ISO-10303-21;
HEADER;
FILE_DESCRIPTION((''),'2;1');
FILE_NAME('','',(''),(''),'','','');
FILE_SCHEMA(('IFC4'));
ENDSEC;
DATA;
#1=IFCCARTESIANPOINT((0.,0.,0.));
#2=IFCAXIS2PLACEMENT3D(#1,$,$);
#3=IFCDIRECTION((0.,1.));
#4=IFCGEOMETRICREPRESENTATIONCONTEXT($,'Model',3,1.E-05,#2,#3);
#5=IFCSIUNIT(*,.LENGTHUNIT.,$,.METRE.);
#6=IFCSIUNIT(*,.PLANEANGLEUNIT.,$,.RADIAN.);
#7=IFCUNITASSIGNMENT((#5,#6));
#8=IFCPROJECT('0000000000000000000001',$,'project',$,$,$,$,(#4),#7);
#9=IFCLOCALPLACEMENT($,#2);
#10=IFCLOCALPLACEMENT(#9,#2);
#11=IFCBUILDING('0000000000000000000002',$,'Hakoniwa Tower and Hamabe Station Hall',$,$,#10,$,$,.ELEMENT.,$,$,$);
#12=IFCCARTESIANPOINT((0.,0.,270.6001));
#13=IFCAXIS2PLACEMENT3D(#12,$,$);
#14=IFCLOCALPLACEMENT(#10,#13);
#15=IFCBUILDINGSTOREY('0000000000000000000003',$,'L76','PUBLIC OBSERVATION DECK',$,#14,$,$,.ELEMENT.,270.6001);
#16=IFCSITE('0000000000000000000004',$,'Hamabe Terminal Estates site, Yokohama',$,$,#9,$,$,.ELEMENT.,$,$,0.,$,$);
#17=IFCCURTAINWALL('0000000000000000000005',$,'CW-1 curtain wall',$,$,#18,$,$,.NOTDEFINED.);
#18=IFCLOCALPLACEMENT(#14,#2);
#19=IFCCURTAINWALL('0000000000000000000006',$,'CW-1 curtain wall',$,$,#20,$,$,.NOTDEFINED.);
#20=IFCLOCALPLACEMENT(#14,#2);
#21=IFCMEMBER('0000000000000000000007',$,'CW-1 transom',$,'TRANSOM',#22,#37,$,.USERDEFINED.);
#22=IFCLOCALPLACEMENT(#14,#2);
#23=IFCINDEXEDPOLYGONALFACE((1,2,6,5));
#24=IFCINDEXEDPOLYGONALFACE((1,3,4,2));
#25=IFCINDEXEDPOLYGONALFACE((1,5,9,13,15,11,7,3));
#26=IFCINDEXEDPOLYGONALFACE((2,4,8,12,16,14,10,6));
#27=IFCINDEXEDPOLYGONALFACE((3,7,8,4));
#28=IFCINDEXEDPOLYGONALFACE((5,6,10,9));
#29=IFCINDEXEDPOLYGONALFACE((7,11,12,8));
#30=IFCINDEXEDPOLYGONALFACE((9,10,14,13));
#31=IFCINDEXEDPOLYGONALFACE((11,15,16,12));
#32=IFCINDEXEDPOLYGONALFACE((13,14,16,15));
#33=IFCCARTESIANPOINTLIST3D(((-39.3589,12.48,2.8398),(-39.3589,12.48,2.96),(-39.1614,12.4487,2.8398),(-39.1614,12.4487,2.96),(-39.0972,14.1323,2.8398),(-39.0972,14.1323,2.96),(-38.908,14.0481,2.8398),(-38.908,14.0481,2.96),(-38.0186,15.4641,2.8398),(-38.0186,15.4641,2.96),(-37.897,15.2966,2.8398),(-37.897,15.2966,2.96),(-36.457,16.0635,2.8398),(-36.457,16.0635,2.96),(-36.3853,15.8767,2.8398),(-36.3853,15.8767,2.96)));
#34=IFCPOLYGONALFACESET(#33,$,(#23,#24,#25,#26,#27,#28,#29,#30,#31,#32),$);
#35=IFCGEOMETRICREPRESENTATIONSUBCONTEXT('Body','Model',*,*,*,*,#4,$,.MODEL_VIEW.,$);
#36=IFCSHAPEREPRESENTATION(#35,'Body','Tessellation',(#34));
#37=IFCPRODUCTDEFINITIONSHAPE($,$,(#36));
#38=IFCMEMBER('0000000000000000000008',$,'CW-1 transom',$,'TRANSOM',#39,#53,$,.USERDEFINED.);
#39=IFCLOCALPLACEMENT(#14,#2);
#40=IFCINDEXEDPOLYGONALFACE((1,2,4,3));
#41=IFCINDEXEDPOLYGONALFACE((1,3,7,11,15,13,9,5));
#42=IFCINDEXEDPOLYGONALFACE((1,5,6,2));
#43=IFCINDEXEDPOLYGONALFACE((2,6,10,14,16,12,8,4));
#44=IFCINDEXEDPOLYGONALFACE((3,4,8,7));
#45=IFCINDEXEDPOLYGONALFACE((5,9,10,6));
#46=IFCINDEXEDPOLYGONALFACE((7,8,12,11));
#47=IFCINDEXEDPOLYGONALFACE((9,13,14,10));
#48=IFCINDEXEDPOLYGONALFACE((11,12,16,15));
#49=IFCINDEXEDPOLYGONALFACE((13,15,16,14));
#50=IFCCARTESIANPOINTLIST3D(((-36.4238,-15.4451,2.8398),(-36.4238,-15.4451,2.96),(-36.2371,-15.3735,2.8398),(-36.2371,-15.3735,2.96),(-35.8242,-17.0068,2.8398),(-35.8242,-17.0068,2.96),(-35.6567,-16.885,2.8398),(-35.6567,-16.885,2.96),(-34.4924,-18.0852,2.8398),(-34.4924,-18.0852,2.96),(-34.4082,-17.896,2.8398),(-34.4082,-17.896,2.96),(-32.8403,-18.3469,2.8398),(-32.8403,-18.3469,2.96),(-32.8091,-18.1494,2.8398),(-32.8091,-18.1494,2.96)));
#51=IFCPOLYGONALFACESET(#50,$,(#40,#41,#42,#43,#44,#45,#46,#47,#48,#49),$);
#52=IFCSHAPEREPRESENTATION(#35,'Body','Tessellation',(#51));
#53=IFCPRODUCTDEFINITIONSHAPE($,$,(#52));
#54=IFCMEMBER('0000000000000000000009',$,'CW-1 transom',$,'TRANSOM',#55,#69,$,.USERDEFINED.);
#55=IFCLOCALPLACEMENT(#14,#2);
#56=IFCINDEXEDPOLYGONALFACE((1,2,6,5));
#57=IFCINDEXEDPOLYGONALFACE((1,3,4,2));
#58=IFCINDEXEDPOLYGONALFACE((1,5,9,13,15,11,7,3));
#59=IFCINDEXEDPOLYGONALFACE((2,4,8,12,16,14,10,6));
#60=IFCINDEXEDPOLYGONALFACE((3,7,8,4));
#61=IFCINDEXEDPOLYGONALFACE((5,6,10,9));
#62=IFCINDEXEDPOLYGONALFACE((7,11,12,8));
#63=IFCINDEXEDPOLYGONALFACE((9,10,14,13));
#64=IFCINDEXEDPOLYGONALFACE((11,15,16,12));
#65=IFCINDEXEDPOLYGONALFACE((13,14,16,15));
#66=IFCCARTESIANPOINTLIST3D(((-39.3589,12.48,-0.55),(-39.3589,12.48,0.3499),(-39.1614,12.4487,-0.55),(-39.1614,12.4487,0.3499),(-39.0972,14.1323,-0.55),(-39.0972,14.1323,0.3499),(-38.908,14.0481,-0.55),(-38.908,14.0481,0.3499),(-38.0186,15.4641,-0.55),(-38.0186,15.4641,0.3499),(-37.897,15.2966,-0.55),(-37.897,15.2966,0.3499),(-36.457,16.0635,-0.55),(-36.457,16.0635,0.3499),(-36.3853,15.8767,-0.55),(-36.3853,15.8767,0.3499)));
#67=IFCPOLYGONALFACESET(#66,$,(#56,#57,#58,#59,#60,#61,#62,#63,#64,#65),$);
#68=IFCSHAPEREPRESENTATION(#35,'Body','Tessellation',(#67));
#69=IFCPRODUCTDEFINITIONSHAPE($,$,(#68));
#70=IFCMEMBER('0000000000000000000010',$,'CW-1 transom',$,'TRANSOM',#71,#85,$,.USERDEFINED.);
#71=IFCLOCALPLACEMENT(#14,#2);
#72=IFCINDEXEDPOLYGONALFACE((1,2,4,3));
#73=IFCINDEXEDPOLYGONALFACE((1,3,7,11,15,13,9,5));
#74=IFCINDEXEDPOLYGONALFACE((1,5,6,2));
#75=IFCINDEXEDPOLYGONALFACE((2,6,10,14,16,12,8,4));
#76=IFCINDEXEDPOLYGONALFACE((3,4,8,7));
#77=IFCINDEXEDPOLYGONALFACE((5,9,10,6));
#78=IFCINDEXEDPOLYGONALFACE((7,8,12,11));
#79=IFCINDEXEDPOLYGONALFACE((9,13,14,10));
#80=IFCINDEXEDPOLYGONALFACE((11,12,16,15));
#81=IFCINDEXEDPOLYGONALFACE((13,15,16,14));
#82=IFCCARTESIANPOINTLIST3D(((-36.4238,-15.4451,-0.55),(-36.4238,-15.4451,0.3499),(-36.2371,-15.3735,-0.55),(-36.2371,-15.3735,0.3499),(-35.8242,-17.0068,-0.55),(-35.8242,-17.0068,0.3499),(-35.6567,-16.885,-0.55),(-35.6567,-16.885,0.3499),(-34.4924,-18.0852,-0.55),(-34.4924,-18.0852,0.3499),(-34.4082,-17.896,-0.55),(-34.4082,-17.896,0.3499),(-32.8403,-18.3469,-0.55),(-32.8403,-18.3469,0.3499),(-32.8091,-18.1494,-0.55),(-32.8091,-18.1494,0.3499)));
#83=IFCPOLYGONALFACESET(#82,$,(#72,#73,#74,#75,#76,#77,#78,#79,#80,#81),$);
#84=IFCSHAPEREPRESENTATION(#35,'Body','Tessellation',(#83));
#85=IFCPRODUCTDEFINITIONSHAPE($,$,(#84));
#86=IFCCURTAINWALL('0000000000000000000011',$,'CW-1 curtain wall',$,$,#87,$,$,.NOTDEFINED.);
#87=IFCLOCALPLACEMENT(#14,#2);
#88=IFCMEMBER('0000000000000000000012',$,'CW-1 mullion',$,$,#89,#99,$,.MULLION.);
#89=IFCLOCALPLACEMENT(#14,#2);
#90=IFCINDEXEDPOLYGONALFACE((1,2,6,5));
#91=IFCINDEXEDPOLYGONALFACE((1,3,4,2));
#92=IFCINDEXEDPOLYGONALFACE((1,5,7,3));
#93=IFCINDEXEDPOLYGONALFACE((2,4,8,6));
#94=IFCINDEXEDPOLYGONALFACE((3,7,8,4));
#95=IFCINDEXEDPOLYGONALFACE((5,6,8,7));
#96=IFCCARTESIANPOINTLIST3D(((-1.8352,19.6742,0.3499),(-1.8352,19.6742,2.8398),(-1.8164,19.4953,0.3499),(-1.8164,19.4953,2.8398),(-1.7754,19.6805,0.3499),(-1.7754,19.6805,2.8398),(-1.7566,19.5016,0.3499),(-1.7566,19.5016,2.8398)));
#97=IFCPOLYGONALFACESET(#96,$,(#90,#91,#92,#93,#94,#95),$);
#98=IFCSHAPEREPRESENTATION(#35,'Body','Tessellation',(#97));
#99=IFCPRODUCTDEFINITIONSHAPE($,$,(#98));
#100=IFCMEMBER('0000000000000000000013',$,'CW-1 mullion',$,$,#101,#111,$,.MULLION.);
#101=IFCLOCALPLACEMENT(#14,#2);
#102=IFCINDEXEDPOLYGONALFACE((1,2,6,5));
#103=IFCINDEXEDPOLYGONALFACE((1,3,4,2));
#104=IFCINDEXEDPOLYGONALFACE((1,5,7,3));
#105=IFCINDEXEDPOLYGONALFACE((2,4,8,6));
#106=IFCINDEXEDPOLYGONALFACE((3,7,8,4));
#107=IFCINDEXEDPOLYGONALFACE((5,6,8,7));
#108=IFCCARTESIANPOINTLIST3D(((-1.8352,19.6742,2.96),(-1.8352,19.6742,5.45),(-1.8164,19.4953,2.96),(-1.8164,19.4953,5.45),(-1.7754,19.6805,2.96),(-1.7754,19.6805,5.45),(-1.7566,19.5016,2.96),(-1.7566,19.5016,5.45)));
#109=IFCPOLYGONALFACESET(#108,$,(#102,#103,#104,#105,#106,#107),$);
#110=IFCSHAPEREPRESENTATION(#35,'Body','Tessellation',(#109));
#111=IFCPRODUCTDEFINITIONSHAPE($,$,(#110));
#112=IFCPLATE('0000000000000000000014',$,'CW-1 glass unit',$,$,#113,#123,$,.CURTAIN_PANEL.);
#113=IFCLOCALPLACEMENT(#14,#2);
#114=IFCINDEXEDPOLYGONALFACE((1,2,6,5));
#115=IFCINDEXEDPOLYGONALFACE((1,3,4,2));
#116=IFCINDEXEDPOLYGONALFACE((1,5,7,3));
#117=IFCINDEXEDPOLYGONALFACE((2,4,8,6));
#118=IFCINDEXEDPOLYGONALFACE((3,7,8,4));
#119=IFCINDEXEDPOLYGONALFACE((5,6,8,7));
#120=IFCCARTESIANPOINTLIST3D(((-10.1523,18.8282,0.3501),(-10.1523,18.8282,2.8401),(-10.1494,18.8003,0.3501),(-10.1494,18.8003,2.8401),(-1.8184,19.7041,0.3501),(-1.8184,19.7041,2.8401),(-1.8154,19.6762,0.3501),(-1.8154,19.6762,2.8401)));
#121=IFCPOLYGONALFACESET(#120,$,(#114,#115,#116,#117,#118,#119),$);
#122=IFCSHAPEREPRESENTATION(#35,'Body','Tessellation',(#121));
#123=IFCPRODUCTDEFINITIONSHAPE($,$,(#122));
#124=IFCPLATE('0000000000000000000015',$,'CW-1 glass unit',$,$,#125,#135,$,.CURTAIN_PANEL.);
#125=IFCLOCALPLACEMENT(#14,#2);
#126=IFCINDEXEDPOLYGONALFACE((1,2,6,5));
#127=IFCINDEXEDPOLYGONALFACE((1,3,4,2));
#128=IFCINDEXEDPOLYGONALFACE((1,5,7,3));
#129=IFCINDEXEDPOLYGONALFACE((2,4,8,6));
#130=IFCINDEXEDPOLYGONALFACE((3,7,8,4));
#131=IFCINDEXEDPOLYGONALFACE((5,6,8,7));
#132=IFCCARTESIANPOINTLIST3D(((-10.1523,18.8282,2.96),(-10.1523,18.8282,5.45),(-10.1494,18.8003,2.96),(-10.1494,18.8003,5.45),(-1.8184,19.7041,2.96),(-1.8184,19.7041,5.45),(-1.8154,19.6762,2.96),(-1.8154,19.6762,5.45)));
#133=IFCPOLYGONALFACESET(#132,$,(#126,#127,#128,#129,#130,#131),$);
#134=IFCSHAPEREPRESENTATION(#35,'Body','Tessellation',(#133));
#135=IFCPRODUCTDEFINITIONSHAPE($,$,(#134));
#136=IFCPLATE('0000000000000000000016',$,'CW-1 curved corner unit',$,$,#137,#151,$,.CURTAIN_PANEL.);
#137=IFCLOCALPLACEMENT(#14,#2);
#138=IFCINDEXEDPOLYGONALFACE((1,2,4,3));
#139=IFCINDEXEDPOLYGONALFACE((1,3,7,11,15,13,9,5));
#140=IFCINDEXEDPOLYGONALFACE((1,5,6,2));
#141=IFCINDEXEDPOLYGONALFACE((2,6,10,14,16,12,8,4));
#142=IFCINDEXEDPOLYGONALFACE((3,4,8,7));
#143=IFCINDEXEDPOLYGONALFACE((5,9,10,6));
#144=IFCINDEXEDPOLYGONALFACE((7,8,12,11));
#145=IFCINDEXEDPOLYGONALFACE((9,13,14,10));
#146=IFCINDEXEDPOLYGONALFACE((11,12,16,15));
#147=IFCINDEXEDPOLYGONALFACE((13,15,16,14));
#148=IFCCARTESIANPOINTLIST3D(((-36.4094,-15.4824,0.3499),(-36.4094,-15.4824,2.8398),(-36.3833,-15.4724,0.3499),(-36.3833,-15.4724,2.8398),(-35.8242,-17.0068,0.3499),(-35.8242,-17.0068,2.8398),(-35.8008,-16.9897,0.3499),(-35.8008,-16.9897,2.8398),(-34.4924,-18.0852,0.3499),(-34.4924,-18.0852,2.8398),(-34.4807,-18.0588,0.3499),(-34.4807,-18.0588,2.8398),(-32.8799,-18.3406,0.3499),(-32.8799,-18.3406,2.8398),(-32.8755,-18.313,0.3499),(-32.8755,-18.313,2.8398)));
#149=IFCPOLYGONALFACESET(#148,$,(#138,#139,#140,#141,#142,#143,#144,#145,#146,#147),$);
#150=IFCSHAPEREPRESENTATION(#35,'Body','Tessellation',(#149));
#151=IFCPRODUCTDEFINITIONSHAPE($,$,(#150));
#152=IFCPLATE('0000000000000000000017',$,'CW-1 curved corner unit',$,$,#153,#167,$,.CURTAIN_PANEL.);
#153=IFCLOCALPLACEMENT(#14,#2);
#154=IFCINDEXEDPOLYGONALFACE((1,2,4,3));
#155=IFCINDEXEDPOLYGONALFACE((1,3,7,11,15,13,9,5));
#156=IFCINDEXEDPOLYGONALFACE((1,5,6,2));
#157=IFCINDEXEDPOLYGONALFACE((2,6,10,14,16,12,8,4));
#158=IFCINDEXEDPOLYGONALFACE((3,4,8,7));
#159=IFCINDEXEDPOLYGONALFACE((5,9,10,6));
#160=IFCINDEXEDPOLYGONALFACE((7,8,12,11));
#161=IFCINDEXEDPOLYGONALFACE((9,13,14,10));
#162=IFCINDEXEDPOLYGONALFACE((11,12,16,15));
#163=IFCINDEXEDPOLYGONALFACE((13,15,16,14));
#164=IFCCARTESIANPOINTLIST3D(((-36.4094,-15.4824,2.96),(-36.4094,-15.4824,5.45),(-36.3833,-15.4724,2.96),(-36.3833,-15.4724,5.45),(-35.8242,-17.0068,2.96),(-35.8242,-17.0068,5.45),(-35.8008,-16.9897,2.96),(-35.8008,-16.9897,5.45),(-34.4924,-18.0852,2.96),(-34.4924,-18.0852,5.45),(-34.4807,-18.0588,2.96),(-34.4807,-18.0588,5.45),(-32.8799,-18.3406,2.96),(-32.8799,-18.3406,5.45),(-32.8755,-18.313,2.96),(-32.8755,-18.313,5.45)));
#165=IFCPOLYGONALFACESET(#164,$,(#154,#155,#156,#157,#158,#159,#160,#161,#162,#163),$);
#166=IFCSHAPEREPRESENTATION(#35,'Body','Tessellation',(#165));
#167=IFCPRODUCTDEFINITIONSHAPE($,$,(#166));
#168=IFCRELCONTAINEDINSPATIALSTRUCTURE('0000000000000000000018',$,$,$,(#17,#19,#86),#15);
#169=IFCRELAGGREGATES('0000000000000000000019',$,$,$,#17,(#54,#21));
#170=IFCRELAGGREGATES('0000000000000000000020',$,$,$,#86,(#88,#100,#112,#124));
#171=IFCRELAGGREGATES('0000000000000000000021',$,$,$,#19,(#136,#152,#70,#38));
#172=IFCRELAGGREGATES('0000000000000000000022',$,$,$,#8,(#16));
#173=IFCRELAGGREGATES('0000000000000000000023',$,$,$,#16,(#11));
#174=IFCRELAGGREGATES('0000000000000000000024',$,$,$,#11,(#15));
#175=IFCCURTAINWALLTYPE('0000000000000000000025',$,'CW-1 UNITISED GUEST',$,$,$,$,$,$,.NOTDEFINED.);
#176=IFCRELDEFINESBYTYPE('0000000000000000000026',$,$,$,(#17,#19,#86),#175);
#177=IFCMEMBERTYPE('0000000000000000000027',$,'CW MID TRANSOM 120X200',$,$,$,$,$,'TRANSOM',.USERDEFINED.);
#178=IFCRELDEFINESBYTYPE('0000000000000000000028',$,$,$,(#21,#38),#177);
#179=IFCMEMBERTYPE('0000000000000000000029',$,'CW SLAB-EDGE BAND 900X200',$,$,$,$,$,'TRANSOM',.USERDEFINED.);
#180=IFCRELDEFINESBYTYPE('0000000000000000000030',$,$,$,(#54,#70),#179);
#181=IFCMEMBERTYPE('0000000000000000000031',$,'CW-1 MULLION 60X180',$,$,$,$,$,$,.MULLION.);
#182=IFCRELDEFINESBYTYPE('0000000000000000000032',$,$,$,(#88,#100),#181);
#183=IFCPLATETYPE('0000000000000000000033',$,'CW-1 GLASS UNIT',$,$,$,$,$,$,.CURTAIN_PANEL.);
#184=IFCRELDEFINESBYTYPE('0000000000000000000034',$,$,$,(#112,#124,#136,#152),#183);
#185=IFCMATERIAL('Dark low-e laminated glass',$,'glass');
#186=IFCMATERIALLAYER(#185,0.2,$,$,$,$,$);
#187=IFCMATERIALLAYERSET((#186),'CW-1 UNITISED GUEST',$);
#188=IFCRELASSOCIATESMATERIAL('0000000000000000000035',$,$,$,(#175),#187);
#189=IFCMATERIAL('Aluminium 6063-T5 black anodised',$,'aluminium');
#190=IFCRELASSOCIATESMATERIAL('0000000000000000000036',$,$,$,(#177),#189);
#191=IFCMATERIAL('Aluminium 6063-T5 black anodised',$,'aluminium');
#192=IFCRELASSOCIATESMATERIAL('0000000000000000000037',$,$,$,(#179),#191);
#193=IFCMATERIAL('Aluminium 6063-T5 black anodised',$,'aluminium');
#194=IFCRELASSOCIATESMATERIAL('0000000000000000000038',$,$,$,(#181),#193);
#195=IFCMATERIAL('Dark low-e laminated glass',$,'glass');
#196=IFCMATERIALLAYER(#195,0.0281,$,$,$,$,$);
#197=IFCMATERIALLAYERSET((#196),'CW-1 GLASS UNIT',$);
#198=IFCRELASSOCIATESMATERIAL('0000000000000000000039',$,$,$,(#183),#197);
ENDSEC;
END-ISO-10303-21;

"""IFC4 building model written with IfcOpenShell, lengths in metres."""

from ifc_helpers import new_model, si_unit, direction, frame, origin, origin_2d, place, context, subcontext, project, spatial, polyline, rectangle, outline, extrude, material, layer, layer_set, material_profile, profile_set, type_object, element, aggregate, save


model = new_model("IFC4")

# Units and contexts
model_context = context("Model", 3, precision=1e-05, world=origin(), true_north=direction((0.0, 1.0)))
body_context = subcontext(model_context, "Body", "Model", "MODEL_VIEW")
ifc_project = project(units=[si_unit("LENGTHUNIT", "METRE"), si_unit("PLANEANGLEUNIT", "RADIAN")], contexts=[model_context])

# Site, building, storey
site_placement = place(None, origin())
site = spatial("IfcSite", under=ifc_project, at=site_placement, Name="Hamabe Terminal Estates site, Yokohama", CompositionType="ELEMENT", RefElevation=0.0)
building_placement = place(site_placement, origin())
building = spatial("IfcBuilding", under=site, at=building_placement, Name="Hakoniwa Tower and Hamabe Station Hall", CompositionType="ELEMENT")
storey_placement = place(building_placement, frame((0.0, 0.0, 270.6001)))
storey = spatial("IfcBuildingStorey", under=building, at=storey_placement, Name="L76", Description="PUBLIC OBSERVATION DECK", CompositionType="ELEMENT", Elevation=270.6001)

# Curtain walls
ifc_material_1 = material(Name="Dark low-e laminated glass", Category="glass")
ifc_layer_1 = layer(ifc_material_1, 0.2)
ifc_layer_set_1 = layer_set([ifc_layer_1], Name="CW-1 UNITISED GUEST")
curtain_wall_type = type_object("IfcCurtainWallType", Name="CW-1 UNITISED GUEST", PredefinedType="NOTDEFINED", material=ifc_layer_set_1)
curtain_wall_1_placement = place(storey_placement, origin())
curtain_wall_1 = element("IfcCurtainWall", 1, at=curtain_wall_1_placement, inside=storey, type_object=curtain_wall_type, Name="CW-1 curtain wall", PredefinedType="NOTDEFINED")
curtain_wall_2_placement = place(storey_placement, origin())
curtain_wall_2 = element("IfcCurtainWall", 2, at=curtain_wall_2_placement, inside=storey, type_object=curtain_wall_type, Name="CW-1 curtain wall", PredefinedType="NOTDEFINED")

# Members
ifc_material_2 = material(Name="Aluminium 6063-T5 black anodised", Category="aluminium")
ifc_material_profile_1 = material_profile(ifc_material_2, rectangle(XDim=0.2, YDim=0.1201, at=origin_2d()), Name="CW MID TRANSOM 120X200")
ifc_profile_set_1 = profile_set([ifc_material_profile_1], Name="Aluminium 6063-T5 black anodised")
member_type_1 = type_object("IfcMemberType", Name="CW MID TRANSOM 120X200", ElementType="TRANSOM", PredefinedType="USERDEFINED", material=ifc_profile_set_1)
member_1_placement = place(storey_placement, frame((0.0, 0.0, 2.8398)))
member_1 = element("IfcMember", 3, at=member_1_placement, type_object=member_type_1, Name="CW-1 transom", ObjectType="TRANSOM", PredefinedType="USERDEFINED", context=body_context, shape_type="SweptSolid", body=[
    extrude(outline(polyline([(-36.457, 16.0635), (-38.0186, 15.4641), (-39.0972, 14.1323), (-39.3589, 12.48), (-39.1614, 12.4487), (-38.908, 14.0481), (-37.897, 15.2966), (-36.3853, 15.8767), (-36.457, 16.0635)])), origin(), (0.0, 0.0, 1.0), 0.1201),
])
member_2_placement = place(storey_placement, frame((0.0, 0.0, 2.8398)))
member_2 = element("IfcMember", 4, at=member_2_placement, type_object=member_type_1, Name="CW-1 transom", ObjectType="TRANSOM", PredefinedType="USERDEFINED", context=body_context, shape_type="SweptSolid", body=[
    extrude(outline(polyline([(-36.4238, -15.4451), (-35.8242, -17.0068), (-34.4924, -18.0852), (-32.8403, -18.3469), (-32.8091, -18.1494), (-34.4082, -17.896), (-35.6567, -16.885), (-36.2371, -15.3735), (-36.4238, -15.4451)])), origin(), (0.0, 0.0, 1.0), 0.1201),
])
ifc_material_3 = material(Name="Aluminium 6063-T5 black anodised", Category="aluminium")
ifc_material_profile_2 = material_profile(ifc_material_3, rectangle(XDim=0.2, YDim=0.8999, at=origin_2d()), Name="CW SLAB-EDGE BAND 900X200")
ifc_profile_set_2 = profile_set([ifc_material_profile_2], Name="Aluminium 6063-T5 black anodised")
member_type_2 = type_object("IfcMemberType", Name="CW SLAB-EDGE BAND 900X200", ElementType="TRANSOM", PredefinedType="USERDEFINED", material=ifc_profile_set_2)
member_3_placement = place(storey_placement, frame((0.0, 0.0, -0.55)))
member_3 = element("IfcMember", 5, at=member_3_placement, type_object=member_type_2, Name="CW-1 transom", ObjectType="TRANSOM", PredefinedType="USERDEFINED", context=body_context, shape_type="SweptSolid", body=[
    extrude(outline(polyline([(-36.457, 16.0635), (-38.0186, 15.4641), (-39.0972, 14.1323), (-39.3589, 12.48), (-39.1614, 12.4487), (-38.908, 14.0481), (-37.897, 15.2966), (-36.3853, 15.8767), (-36.457, 16.0635)])), origin(), (0.0, 0.0, 1.0), 0.8999),
])
aggregate(curtain_wall_1, [member_3, member_1])
member_4_placement = place(storey_placement, frame((0.0, 0.0, -0.55)))
member_4 = element("IfcMember", 6, at=member_4_placement, type_object=member_type_2, Name="CW-1 transom", ObjectType="TRANSOM", PredefinedType="USERDEFINED", context=body_context, shape_type="SweptSolid", body=[
    extrude(outline(polyline([(-36.4238, -15.4451), (-35.8242, -17.0068), (-34.4924, -18.0852), (-32.8403, -18.3469), (-32.8091, -18.1494), (-34.4082, -17.896), (-35.6567, -16.885), (-36.2371, -15.3735), (-36.4238, -15.4451)])), origin(), (0.0, 0.0, 1.0), 0.8999),
])

# Curtain wall, members, plates
curtain_wall_3_placement = place(storey_placement, origin())
curtain_wall_3 = element("IfcCurtainWall", 7, at=curtain_wall_3_placement, inside=storey, type_object=curtain_wall_type, Name="CW-1 curtain wall", PredefinedType="NOTDEFINED")
ifc_material_4 = material(Name="Aluminium 6063-T5 black anodised", Category="aluminium")
ifc_material_profile_3 = material_profile(ifc_material_4, rectangle(XDim=0.0601, YDim=0.1799, at=origin_2d()), Name="CW-1 MULLION 60X180")
ifc_profile_set_3 = profile_set([ifc_material_profile_3], Name="Aluminium 6063-T5 black anodised")
member_type_3 = type_object("IfcMemberType", Name="CW-1 MULLION 60X180", PredefinedType="MULLION", material=ifc_profile_set_3)
member_5_placement = place(storey_placement, frame((-1.7959, 19.5879, 0.3499), z_axis=(0.0, 0.0, 1.0), x_axis=(-0.994522, -0.104528, 0.0)))
member_5 = element("IfcMember", 8, at=member_5_placement, type_object=member_type_3, Name="CW-1 mullion", PredefinedType="MULLION", context=body_context, shape_type="SweptSolid", body=[
    extrude(rectangle(XDim=0.0601, YDim=0.1799, at=origin_2d()), origin(), (0.0, 0.0, 1.0), 2.49),
])
member_6_placement = place(storey_placement, frame((-1.7959, 19.5879, 2.96), z_axis=(0.0, 0.0, 1.0), x_axis=(-0.994522, -0.104528, 0.0)))
member_6 = element("IfcMember", 9, at=member_6_placement, type_object=member_type_3, Name="CW-1 mullion", PredefinedType="MULLION", context=body_context, shape_type="SweptSolid", body=[
    extrude(rectangle(XDim=0.0601, YDim=0.1799, at=origin_2d()), origin(), (0.0, 0.0, 1.0), 2.49),
])
ifc_material_5 = material(Name="Dark low-e laminated glass", Category="glass")
ifc_layer_2 = layer(ifc_material_5, 0.0281)
ifc_layer_set_2 = layer_set([ifc_layer_2], Name="CW-1 GLASS UNIT")
plate_type = type_object("IfcPlateType", Name="CW-1 GLASS UNIT", PredefinedType="CURTAIN_PANEL", material=ifc_layer_set_2)
plate_1_placement = place(storey_placement, frame((-5.9839, 19.2522, 0.3501), z_axis=(0.0, 0.0, 1.0), x_axis=(-0.994522, -0.104528, 0.0)))
plate_1 = element("IfcPlate", 10, at=plate_1_placement, type_object=plate_type, Name="CW-1 glass unit", PredefinedType="CURTAIN_PANEL", context=body_context, shape_type="SweptSolid", body=[
    extrude(rectangle(XDim=8.3799, YDim=0.0281, at=origin_2d()), origin(), (0.0, 0.0, 1.0), 2.49),
])
plate_2_placement = place(storey_placement, frame((-5.9839, 19.2522, 2.96), z_axis=(0.0, 0.0, 1.0), x_axis=(-0.994522, -0.104528, 0.0)))
plate_2 = element("IfcPlate", 11, at=plate_2_placement, type_object=plate_type, Name="CW-1 glass unit", PredefinedType="CURTAIN_PANEL", context=body_context, shape_type="SweptSolid", body=[
    extrude(rectangle(XDim=8.3799, YDim=0.0281, at=origin_2d()), origin(), (0.0, 0.0, 1.0), 2.49),
])
aggregate(curtain_wall_3, [member_5, member_6, plate_1, plate_2])

# Plates
plate_3_placement = place(storey_placement, frame((0.0, 0.0, 0.3499)))
plate_3 = element("IfcPlate", 12, at=plate_3_placement, type_object=plate_type, Name="CW-1 curved corner unit", PredefinedType="CURTAIN_PANEL", context=body_context, shape_type="SweptSolid", body=[
    extrude(outline(polyline([(-36.4094, -15.4824), (-35.8242, -17.0068), (-34.4924, -18.0852), (-32.8799, -18.3406), (-32.8755, -18.313), (-34.4807, -18.0588), (-35.8008, -16.9897), (-36.3833, -15.4724), (-36.4094, -15.4824)])), origin(), (0.0, 0.0, 1.0), 2.49),
])
plate_4_placement = place(storey_placement, frame((0.0, 0.0, 2.96)))
plate_4 = element("IfcPlate", 13, at=plate_4_placement, type_object=plate_type, Name="CW-1 curved corner unit", PredefinedType="CURTAIN_PANEL", context=body_context, shape_type="SweptSolid", body=[
    extrude(outline(polyline([(-36.4094, -15.4824), (-35.8242, -17.0068), (-34.4924, -18.0852), (-32.8799, -18.3406), (-32.8755, -18.313), (-34.4807, -18.0588), (-35.8008, -16.9897), (-36.3833, -15.4724), (-36.4094, -15.4824)])), origin(), (0.0, 0.0, 1.0), 2.49),
])
aggregate(curtain_wall_2, [plate_3, plate_4, member_4, member_2])

save(model, "model.ifc")
